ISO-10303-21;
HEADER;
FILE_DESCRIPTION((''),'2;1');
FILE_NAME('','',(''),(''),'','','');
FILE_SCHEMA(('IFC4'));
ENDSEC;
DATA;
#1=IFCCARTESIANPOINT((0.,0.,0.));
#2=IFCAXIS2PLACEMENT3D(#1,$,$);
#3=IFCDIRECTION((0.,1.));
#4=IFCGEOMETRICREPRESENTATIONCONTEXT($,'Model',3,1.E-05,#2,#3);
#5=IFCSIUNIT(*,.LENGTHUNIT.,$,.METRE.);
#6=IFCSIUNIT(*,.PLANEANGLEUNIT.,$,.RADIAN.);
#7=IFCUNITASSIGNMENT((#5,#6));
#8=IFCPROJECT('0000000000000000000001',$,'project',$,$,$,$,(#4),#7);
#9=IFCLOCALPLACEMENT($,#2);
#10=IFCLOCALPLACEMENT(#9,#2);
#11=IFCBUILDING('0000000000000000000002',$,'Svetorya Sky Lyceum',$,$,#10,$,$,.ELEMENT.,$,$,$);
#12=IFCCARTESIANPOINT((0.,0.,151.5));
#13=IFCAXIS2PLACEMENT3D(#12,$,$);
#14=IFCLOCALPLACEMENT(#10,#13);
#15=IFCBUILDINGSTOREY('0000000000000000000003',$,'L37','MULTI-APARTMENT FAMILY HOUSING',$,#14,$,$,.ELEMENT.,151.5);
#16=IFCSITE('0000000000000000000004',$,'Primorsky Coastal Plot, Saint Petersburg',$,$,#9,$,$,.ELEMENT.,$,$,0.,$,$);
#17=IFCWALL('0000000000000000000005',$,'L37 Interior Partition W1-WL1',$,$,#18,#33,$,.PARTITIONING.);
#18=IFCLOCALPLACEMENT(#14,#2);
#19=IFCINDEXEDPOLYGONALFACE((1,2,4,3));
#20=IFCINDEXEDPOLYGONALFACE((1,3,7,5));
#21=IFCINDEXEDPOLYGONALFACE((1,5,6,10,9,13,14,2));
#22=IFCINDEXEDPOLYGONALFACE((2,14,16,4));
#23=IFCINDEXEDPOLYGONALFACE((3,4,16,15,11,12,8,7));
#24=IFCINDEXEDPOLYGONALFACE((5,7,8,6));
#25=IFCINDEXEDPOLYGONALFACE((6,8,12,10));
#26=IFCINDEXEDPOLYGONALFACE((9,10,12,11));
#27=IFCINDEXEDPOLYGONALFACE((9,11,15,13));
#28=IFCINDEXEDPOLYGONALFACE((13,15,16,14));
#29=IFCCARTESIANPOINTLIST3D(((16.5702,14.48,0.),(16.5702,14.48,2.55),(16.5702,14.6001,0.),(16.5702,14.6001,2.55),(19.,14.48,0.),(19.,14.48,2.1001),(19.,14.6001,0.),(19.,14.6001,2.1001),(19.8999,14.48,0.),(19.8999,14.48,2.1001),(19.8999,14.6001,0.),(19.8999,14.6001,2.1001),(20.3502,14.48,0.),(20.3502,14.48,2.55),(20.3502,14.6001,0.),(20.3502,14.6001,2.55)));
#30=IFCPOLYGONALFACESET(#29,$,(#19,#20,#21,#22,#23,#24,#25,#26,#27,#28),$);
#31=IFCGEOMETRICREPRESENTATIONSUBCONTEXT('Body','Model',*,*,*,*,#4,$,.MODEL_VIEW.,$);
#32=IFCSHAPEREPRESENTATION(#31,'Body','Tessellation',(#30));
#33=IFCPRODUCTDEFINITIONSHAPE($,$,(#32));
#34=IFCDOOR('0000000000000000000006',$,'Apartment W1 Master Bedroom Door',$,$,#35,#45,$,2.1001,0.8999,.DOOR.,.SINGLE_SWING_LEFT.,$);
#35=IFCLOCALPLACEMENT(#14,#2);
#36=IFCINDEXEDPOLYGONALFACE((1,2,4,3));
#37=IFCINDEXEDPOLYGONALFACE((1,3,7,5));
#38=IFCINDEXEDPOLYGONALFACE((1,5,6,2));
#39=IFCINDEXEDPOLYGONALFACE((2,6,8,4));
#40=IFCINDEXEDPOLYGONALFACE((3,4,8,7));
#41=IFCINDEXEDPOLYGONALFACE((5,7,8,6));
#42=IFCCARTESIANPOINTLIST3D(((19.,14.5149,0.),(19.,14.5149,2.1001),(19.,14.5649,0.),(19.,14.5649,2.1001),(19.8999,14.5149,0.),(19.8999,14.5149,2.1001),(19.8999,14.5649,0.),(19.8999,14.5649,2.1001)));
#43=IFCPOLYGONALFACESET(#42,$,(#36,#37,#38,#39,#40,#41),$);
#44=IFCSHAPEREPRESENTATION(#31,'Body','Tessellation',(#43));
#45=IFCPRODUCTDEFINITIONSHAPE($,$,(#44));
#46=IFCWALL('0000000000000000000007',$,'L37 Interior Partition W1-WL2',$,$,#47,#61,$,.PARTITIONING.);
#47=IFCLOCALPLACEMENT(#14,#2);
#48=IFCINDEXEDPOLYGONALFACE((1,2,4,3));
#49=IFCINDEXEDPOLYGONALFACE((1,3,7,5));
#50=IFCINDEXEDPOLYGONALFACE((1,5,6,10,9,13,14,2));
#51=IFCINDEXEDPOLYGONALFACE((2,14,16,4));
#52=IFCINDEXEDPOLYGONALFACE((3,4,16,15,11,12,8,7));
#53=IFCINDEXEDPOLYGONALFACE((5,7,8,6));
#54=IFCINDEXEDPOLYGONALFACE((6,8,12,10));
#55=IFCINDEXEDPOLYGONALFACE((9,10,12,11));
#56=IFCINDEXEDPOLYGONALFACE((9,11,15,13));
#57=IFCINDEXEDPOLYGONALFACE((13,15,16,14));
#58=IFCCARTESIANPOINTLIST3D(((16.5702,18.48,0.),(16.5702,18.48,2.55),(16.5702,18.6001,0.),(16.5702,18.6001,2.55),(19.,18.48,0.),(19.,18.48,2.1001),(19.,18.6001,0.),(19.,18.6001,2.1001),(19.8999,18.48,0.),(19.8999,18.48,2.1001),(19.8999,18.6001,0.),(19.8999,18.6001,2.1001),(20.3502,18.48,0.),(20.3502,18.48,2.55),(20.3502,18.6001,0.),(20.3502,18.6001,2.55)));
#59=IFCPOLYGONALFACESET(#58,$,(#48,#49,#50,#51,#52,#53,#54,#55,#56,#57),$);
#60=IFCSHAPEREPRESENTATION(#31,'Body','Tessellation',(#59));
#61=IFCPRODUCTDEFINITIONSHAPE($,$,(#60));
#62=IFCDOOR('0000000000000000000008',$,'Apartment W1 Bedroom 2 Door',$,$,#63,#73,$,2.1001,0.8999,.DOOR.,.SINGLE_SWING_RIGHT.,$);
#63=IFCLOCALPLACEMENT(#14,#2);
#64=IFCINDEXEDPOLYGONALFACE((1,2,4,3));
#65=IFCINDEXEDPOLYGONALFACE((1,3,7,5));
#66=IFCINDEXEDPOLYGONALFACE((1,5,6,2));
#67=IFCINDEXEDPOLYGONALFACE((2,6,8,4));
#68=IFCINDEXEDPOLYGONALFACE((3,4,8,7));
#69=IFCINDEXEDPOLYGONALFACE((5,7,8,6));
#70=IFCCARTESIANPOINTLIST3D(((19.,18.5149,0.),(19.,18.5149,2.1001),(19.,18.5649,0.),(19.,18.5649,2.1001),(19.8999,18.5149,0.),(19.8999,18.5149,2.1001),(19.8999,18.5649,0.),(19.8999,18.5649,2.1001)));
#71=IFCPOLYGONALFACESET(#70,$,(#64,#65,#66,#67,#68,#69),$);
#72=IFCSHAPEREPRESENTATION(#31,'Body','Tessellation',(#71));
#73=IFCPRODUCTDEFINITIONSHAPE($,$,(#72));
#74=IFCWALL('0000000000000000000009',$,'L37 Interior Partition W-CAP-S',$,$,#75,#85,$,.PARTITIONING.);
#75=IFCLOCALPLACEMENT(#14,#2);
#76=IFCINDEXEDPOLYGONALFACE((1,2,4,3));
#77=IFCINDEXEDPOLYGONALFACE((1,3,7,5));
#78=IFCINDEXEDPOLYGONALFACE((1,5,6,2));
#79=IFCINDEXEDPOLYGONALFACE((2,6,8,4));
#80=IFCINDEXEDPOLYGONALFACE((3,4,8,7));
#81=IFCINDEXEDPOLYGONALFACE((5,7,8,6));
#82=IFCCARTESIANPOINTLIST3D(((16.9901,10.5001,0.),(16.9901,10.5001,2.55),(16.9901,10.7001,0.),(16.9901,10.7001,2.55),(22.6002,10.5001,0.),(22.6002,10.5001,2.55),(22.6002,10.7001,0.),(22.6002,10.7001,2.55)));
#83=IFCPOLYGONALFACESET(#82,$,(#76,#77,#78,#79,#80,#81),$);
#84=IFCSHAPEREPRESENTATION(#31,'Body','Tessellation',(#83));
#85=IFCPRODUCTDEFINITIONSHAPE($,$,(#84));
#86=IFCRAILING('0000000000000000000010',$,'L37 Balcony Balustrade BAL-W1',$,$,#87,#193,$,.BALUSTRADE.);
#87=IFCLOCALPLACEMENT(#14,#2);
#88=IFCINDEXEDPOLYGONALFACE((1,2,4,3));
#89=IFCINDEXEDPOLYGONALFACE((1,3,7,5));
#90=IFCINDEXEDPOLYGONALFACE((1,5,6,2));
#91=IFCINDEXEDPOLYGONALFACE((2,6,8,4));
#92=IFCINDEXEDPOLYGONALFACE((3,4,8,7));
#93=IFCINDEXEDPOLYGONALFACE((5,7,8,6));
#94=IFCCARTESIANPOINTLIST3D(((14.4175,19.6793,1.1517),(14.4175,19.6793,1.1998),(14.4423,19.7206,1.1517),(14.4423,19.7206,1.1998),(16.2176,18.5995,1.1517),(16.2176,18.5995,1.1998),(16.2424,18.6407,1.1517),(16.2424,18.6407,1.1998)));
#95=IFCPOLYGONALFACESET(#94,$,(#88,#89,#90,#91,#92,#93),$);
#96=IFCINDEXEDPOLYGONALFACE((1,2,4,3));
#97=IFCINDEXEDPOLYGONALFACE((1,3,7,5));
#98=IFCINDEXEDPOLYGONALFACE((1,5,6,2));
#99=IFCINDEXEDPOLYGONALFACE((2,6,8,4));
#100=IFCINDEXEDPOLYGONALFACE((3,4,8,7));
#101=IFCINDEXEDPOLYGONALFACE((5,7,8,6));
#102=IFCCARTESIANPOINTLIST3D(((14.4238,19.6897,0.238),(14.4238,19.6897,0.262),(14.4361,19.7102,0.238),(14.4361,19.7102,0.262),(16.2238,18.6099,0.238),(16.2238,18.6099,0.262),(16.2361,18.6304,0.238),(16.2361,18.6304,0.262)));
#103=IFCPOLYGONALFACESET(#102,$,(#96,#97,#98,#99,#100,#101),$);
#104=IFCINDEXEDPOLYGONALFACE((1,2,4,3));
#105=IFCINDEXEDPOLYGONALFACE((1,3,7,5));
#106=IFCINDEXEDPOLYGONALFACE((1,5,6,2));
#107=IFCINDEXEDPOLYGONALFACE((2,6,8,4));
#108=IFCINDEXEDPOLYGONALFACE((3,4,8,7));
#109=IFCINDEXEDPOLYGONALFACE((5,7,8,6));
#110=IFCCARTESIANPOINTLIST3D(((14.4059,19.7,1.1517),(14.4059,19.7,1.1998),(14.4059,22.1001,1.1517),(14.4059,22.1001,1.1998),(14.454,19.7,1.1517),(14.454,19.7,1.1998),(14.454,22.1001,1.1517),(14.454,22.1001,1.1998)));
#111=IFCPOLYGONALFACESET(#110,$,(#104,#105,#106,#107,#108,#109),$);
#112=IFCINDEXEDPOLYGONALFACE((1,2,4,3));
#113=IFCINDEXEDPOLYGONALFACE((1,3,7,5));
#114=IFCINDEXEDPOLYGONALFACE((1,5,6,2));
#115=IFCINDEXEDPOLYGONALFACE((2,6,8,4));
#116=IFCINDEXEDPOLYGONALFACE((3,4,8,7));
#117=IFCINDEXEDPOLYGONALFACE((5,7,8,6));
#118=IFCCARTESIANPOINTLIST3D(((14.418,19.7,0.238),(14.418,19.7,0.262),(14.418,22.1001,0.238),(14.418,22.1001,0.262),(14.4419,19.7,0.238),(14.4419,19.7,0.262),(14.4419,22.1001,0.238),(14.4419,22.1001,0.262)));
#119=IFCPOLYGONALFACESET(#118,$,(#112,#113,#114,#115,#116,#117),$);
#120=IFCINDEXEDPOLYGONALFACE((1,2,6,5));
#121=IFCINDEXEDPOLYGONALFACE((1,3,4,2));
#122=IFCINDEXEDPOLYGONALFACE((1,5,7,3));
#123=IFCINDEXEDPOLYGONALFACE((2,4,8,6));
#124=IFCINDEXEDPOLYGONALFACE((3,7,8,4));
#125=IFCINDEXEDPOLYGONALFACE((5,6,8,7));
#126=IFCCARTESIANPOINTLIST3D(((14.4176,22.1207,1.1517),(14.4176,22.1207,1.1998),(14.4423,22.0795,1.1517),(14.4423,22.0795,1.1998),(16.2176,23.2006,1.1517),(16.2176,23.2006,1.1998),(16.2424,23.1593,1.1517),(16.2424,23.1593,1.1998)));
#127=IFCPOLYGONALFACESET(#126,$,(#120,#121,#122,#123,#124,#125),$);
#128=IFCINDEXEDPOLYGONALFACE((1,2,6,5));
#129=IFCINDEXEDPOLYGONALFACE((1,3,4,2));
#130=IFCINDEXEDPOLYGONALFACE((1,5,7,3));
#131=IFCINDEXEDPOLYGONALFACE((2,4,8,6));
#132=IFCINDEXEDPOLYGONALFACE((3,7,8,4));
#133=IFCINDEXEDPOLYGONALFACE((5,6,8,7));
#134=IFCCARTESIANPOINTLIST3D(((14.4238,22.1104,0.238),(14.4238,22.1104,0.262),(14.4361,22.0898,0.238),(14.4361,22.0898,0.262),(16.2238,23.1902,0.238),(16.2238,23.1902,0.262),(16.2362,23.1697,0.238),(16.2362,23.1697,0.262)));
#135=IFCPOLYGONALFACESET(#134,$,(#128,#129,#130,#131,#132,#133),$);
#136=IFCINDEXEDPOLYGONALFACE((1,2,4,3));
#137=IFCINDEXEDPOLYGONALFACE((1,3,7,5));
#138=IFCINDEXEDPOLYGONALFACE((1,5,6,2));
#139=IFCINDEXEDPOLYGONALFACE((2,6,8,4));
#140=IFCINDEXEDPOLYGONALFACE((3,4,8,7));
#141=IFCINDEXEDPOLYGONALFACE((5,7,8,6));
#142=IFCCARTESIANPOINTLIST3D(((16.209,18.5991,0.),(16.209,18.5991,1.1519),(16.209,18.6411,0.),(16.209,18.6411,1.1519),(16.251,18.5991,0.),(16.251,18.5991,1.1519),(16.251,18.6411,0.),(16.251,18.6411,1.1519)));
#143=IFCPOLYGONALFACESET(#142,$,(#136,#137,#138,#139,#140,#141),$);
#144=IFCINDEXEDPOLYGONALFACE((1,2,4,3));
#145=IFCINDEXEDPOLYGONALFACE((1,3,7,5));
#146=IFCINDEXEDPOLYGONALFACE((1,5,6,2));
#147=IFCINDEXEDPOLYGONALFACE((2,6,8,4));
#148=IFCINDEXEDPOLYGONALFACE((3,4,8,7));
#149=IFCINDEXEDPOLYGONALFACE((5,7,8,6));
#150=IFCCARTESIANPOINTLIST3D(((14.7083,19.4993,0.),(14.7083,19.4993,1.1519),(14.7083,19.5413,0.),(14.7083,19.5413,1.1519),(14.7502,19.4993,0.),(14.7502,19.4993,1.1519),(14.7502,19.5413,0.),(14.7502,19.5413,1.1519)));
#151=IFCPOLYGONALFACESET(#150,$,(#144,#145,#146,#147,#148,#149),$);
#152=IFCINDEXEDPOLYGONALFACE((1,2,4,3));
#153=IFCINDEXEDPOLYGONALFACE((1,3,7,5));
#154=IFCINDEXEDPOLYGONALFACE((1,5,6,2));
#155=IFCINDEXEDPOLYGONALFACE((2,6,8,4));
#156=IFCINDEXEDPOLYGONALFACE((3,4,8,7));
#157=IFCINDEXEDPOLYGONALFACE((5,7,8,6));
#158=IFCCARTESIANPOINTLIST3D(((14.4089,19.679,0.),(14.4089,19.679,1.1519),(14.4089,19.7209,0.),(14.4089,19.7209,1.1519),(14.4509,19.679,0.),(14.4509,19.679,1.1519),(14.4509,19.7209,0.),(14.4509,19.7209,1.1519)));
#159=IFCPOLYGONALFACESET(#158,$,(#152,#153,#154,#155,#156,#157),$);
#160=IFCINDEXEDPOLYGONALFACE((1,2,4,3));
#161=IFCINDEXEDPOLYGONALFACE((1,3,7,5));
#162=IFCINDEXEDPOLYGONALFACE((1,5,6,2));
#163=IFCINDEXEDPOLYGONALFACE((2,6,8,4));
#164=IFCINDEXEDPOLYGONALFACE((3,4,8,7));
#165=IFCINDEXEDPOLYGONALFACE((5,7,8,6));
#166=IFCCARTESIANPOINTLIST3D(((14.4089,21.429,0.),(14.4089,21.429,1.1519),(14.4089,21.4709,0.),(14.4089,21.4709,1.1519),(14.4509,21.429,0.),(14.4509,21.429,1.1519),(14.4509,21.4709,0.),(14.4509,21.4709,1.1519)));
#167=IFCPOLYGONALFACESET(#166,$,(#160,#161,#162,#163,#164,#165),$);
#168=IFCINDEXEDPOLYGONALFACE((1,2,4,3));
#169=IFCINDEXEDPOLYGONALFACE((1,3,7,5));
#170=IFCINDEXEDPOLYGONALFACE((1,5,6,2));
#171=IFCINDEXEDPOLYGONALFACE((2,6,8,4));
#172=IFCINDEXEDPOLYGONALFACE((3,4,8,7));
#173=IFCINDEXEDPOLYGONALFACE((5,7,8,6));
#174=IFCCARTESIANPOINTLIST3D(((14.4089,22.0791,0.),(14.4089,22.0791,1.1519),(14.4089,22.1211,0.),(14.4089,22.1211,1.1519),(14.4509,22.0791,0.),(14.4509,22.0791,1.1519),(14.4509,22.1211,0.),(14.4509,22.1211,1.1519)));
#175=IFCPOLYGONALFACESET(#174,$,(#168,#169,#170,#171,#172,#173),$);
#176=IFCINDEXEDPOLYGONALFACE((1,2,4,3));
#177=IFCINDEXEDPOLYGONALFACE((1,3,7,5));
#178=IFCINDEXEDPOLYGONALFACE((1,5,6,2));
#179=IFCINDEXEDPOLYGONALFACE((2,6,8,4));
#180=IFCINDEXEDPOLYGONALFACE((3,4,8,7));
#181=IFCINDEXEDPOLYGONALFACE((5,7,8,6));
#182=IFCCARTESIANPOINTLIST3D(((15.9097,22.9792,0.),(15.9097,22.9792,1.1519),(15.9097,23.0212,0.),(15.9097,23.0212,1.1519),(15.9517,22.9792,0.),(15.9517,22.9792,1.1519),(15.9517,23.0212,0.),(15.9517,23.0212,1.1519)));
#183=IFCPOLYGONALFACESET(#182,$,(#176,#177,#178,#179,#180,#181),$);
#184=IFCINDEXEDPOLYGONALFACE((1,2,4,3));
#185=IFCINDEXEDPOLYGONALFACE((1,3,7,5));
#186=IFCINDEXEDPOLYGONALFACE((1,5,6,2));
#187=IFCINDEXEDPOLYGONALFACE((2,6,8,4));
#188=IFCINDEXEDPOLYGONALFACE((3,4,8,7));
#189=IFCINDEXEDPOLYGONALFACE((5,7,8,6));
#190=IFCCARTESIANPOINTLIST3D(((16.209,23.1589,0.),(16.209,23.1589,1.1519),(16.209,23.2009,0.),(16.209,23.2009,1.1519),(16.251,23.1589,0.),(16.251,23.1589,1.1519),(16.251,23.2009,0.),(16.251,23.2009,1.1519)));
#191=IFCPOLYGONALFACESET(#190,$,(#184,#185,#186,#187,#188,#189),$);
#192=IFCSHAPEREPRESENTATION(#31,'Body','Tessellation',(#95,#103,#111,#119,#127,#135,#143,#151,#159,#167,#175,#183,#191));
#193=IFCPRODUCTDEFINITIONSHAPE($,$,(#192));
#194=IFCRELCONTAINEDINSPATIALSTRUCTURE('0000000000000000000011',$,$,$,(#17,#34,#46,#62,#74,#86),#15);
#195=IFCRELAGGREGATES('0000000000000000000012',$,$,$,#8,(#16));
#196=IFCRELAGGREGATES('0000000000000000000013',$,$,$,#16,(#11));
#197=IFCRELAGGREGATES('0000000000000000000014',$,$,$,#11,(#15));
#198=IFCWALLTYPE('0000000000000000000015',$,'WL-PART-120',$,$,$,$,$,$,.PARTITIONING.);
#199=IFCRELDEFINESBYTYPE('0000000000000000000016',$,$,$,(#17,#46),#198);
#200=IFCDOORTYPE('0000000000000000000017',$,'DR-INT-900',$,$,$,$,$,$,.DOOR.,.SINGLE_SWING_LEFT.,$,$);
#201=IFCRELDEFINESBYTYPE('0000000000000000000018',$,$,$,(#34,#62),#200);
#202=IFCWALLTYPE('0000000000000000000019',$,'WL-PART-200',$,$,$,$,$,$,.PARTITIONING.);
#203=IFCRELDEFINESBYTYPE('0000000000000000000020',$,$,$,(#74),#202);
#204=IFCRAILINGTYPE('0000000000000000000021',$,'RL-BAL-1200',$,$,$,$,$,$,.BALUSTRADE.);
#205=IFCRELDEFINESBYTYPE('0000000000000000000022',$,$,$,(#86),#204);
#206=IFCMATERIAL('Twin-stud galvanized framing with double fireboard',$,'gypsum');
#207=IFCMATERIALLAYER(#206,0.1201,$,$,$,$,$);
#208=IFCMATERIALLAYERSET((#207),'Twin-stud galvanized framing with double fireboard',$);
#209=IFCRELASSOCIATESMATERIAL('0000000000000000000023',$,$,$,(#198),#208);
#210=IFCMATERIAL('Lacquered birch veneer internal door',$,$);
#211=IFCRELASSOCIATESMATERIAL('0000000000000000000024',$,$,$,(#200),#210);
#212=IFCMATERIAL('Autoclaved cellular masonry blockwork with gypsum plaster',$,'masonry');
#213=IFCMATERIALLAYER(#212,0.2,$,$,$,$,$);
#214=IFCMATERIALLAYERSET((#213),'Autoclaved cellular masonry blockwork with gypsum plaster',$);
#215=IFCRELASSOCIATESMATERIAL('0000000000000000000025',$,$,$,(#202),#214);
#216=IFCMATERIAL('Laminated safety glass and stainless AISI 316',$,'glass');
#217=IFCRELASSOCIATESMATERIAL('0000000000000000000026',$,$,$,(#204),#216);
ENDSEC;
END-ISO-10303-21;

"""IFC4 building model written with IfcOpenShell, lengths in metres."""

from ifc_helpers import new_model, si_unit, direction, frame, frame_2d, origin, origin_2d, place, context, subcontext, project, spatial, rectangle, extrude, material, layer, layer_set, type_object, element, fill, save


model = new_model("IFC4")

# Units and contexts
model_context = context("Model", 3, precision=1e-05, world=origin(), true_north=direction((0.0, 1.0)))
body_context = subcontext(model_context, "Body", "Model", "MODEL_VIEW")
ifc_project = project(units=[si_unit("LENGTHUNIT", "METRE"), si_unit("PLANEANGLEUNIT", "RADIAN")], contexts=[model_context])

# Site, building, storey
site_placement = place(None, origin())
site = spatial("IfcSite", under=ifc_project, at=site_placement, Name="Primorsky Coastal Plot, Saint Petersburg", CompositionType="ELEMENT", RefElevation=0.0)
building_placement = place(site_placement, origin())
building = spatial("IfcBuilding", under=site, at=building_placement, Name="Svetorya Sky Lyceum", CompositionType="ELEMENT")
storey_placement = place(building_placement, frame((0.0, 0.0, 151.5)))
storey = spatial("IfcBuildingStorey", under=building, at=storey_placement, Name="L37", Description="MULTI-APARTMENT FAMILY HOUSING", CompositionType="ELEMENT", Elevation=151.5)

# Walls, openings, doors
ifc_material_1 = material(Name="Twin-stud galvanized framing with double fireboard", Category="gypsum")
ifc_layer_1 = layer(ifc_material_1, 0.1201)
ifc_layer_set_1 = layer_set([ifc_layer_1], Name="Twin-stud galvanized framing with double fireboard")
wall_type_1 = type_object("IfcWallType", Name="WL-PART-120", PredefinedType="PARTITIONING", material=ifc_layer_set_1)
wall_1_placement = place(storey_placement, frame((16.5701, 14.54, 0.0), z_axis=(0.0, 0.0, 1.0), x_axis=(1.0, 0.0, 0.0)))
wall_1 = element("IfcWall", 1, at=wall_1_placement, inside=storey, type_object=wall_type_1, Name="L37 Interior Partition W1-WL1", PredefinedType="PARTITIONING", context=body_context, shape_type="SweptSolid", body=[
    extrude(rectangle(XDim=3.78, YDim=0.1201, at=frame_2d((1.8901, 0.0))), origin(), (0.0, 0.0, 1.0), 2.55),
])
opening_1_placement = place(wall_1_placement, frame((2.4299, 0.0, 0.0)))
opening_1 = element("IfcOpeningElement", 2, at=opening_1_placement, cuts=wall_1, PredefinedType="OPENING", context=body_context, shape_type="SweptSolid", body=[
    extrude(rectangle(XDim=0.8999, YDim=2.1001, at=frame_2d((0.45, 1.05))), frame((0.0, 0.0701, 0.0), z_axis=(0.0, -1.0, 0.0), x_axis=(1.0, 0.0, 0.0)), (0.0, 0.0, 1.0), 0.1401),
])
ifc_material_2 = material(Name="Lacquered birch veneer internal door")
door_type = type_object("IfcDoorType", Name="DR-INT-900", OperationType="SINGLE_SWING_LEFT", PredefinedType="DOOR", material=ifc_material_2)
door_1_placement = place(opening_1_placement, origin())
door_1 = element("IfcDoor", 3, at=door_1_placement, inside=storey, type_object=door_type, Name="Apartment W1 Master Bedroom Door", OperationType="SINGLE_SWING_LEFT", OverallHeight=2.1001, OverallWidth=0.8999, PredefinedType="DOOR", context=body_context, shape_type="SweptSolid", body=[
    extrude(rectangle(XDim=0.8999, YDim=2.1001, at=frame_2d((0.45, 1.05))), frame((0.0, 0.0249, 0.0), z_axis=(0.0, -1.0, 0.0), x_axis=(1.0, 0.0, 0.0)), (0.0, 0.0, 1.0), 0.05),
])
fill(opening_1, door_1)
wall_2_placement = place(storey_placement, frame((16.5701, 18.54, 0.0), z_axis=(0.0, 0.0, 1.0), x_axis=(1.0, 0.0, 0.0)))
wall_2 = element("IfcWall", 4, at=wall_2_placement, inside=storey, type_object=wall_type_1, Name="L37 Interior Partition W1-WL2", PredefinedType="PARTITIONING", context=body_context, shape_type="SweptSolid", body=[
    extrude(rectangle(XDim=3.78, YDim=0.1201, at=frame_2d((1.8901, 0.0))), origin(), (0.0, 0.0, 1.0), 2.55),
])
opening_2_placement = place(wall_2_placement, frame((2.4299, 0.0, 0.0)))
opening_2 = element("IfcOpeningElement", 5, at=opening_2_placement, cuts=wall_2, PredefinedType="OPENING", context=body_context, shape_type="SweptSolid", body=[
    extrude(rectangle(XDim=0.8999, YDim=2.1001, at=frame_2d((0.45, 1.05))), frame((0.0, 0.0701, 0.0), z_axis=(0.0, -1.0, 0.0), x_axis=(1.0, 0.0, 0.0)), (0.0, 0.0, 1.0), 0.1401),
])
door_2_placement = place(opening_2_placement, origin())
door_2 = element("IfcDoor", 6, at=door_2_placement, inside=storey, type_object=door_type, Name="Apartment W1 Bedroom 2 Door", OperationType="SINGLE_SWING_RIGHT", OverallHeight=2.1001, OverallWidth=0.8999, PredefinedType="DOOR", context=body_context, shape_type="SweptSolid", body=[
    extrude(rectangle(XDim=0.8999, YDim=2.1001, at=frame_2d((0.45, 1.05))), frame((0.0, 0.0249, 0.0), z_axis=(0.0, -1.0, 0.0), x_axis=(1.0, 0.0, 0.0)), (0.0, 0.0, 1.0), 0.05),
])
fill(opening_2, door_2)

# Wall
ifc_material_3 = material(Name="Autoclaved cellular masonry blockwork with gypsum plaster", Category="masonry")
ifc_layer_2 = layer(ifc_material_3, 0.2)
ifc_layer_set_2 = layer_set([ifc_layer_2], Name="Autoclaved cellular masonry blockwork with gypsum plaster")
wall_type_2 = type_object("IfcWallType", Name="WL-PART-200", PredefinedType="PARTITIONING", material=ifc_layer_set_2)
wall_3_placement = place(storey_placement, frame((16.99, 10.6001, 0.0), z_axis=(0.0, 0.0, 1.0), x_axis=(1.0, 0.0, 0.0)))
element("IfcWall", 7, at=wall_3_placement, inside=storey, type_object=wall_type_2, Name="L37 Interior Partition W-CAP-S", PredefinedType="PARTITIONING", context=body_context, shape_type="SweptSolid", body=[
    extrude(rectangle(XDim=5.6101, YDim=0.2, at=frame_2d((2.8052, 0.0))), origin(), (0.0, 0.0, 1.0), 2.55),
])

# Railing
ifc_material_4 = material(Name="Laminated safety glass and stainless AISI 316", Category="glass")
railing_type = type_object("IfcRailingType", Name="RL-BAL-1200", PredefinedType="BALUSTRADE", material=ifc_material_4)
railing_placement = place(storey_placement, frame((16.23, 18.6201, 0.0)))
element("IfcRailing", 8, at=railing_placement, inside=storey, type_object=railing_type, Name="L37 Balcony Balustrade BAL-W1", PredefinedType="BALUSTRADE", context=body_context, shape_type="SweptSolid", body=[
    extrude(rectangle(XDim=0.0481, YDim=0.0481, at=origin_2d()), frame((0.0, 0.0, 1.1758), z_axis=(-0.857534, 0.514427, 0.0), x_axis=(-0.514427, -0.857534, 0.0)), (0.0, 0.0, 1.0), 2.0991),
    extrude(rectangle(XDim=0.0239, YDim=0.0239, at=origin_2d()), frame((0.0, 0.0, 0.25), z_axis=(-0.857534, 0.514427, 0.0), x_axis=(-0.514427, -0.857534, 0.0)), (0.0, 0.0, 1.0), 2.0991),
    extrude(rectangle(XDim=0.0481, YDim=0.0481, at=origin_2d()), frame((-1.8, 1.0798, 1.1758), z_axis=(0.0, 1.0, 0.0), x_axis=(-1.0, 0.0, 0.0)), (0.0, 0.0, 1.0), 2.4001),
    extrude(rectangle(XDim=0.0239, YDim=0.0239, at=origin_2d()), frame((-1.8, 1.0798, 0.25), z_axis=(0.0, 1.0, 0.0), x_axis=(-1.0, 0.0, 0.0)), (0.0, 0.0, 1.0), 2.4001),
    extrude(rectangle(XDim=0.0481, YDim=0.0481, at=origin_2d()), frame((-1.8, 3.48, 1.1758), z_axis=(0.857534, 0.514427, 0.0), x_axis=(-0.514427, 0.857534, 0.0)), (0.0, 0.0, 1.0), 2.0991),
    extrude(rectangle(XDim=0.0239, YDim=0.0239, at=origin_2d()), frame((-1.8, 3.48, 0.25), z_axis=(0.857534, 0.514427, 0.0), x_axis=(-0.514427, 0.857534, 0.0)), (0.0, 0.0, 1.0), 2.0991),
    extrude(rectangle(XDim=0.042, YDim=0.042, at=origin_2d()), origin(), (0.0, 0.0, 1.0), 1.1519),
    extrude(rectangle(XDim=0.042, YDim=0.042, at=origin_2d()), frame((-1.5007, 0.9001, 0.0)), (0.0, 0.0, 1.0), 1.1519),
    extrude(rectangle(XDim=0.042, YDim=0.042, at=origin_2d()), frame((-1.8, 1.0798, 0.0)), (0.0, 0.0, 1.0), 1.1519),
    extrude(rectangle(XDim=0.042, YDim=0.042, at=origin_2d()), frame((-1.8, 2.8298, 0.0)), (0.0, 0.0, 1.0), 1.1519),
    extrude(rectangle(XDim=0.042, YDim=0.042, at=origin_2d()), frame((-1.8, 3.48, 0.0)), (0.0, 0.0, 1.0), 1.1519),
    extrude(rectangle(XDim=0.042, YDim=0.042, at=origin_2d()), frame((-0.2993, 4.3801, 0.0)), (0.0, 0.0, 1.0), 1.1519),
    extrude(rectangle(XDim=0.042, YDim=0.042, at=origin_2d()), frame((0.0, 4.5598, 0.0)), (0.0, 0.0, 1.0), 1.1519),
])

save(model, "model.ifc")
